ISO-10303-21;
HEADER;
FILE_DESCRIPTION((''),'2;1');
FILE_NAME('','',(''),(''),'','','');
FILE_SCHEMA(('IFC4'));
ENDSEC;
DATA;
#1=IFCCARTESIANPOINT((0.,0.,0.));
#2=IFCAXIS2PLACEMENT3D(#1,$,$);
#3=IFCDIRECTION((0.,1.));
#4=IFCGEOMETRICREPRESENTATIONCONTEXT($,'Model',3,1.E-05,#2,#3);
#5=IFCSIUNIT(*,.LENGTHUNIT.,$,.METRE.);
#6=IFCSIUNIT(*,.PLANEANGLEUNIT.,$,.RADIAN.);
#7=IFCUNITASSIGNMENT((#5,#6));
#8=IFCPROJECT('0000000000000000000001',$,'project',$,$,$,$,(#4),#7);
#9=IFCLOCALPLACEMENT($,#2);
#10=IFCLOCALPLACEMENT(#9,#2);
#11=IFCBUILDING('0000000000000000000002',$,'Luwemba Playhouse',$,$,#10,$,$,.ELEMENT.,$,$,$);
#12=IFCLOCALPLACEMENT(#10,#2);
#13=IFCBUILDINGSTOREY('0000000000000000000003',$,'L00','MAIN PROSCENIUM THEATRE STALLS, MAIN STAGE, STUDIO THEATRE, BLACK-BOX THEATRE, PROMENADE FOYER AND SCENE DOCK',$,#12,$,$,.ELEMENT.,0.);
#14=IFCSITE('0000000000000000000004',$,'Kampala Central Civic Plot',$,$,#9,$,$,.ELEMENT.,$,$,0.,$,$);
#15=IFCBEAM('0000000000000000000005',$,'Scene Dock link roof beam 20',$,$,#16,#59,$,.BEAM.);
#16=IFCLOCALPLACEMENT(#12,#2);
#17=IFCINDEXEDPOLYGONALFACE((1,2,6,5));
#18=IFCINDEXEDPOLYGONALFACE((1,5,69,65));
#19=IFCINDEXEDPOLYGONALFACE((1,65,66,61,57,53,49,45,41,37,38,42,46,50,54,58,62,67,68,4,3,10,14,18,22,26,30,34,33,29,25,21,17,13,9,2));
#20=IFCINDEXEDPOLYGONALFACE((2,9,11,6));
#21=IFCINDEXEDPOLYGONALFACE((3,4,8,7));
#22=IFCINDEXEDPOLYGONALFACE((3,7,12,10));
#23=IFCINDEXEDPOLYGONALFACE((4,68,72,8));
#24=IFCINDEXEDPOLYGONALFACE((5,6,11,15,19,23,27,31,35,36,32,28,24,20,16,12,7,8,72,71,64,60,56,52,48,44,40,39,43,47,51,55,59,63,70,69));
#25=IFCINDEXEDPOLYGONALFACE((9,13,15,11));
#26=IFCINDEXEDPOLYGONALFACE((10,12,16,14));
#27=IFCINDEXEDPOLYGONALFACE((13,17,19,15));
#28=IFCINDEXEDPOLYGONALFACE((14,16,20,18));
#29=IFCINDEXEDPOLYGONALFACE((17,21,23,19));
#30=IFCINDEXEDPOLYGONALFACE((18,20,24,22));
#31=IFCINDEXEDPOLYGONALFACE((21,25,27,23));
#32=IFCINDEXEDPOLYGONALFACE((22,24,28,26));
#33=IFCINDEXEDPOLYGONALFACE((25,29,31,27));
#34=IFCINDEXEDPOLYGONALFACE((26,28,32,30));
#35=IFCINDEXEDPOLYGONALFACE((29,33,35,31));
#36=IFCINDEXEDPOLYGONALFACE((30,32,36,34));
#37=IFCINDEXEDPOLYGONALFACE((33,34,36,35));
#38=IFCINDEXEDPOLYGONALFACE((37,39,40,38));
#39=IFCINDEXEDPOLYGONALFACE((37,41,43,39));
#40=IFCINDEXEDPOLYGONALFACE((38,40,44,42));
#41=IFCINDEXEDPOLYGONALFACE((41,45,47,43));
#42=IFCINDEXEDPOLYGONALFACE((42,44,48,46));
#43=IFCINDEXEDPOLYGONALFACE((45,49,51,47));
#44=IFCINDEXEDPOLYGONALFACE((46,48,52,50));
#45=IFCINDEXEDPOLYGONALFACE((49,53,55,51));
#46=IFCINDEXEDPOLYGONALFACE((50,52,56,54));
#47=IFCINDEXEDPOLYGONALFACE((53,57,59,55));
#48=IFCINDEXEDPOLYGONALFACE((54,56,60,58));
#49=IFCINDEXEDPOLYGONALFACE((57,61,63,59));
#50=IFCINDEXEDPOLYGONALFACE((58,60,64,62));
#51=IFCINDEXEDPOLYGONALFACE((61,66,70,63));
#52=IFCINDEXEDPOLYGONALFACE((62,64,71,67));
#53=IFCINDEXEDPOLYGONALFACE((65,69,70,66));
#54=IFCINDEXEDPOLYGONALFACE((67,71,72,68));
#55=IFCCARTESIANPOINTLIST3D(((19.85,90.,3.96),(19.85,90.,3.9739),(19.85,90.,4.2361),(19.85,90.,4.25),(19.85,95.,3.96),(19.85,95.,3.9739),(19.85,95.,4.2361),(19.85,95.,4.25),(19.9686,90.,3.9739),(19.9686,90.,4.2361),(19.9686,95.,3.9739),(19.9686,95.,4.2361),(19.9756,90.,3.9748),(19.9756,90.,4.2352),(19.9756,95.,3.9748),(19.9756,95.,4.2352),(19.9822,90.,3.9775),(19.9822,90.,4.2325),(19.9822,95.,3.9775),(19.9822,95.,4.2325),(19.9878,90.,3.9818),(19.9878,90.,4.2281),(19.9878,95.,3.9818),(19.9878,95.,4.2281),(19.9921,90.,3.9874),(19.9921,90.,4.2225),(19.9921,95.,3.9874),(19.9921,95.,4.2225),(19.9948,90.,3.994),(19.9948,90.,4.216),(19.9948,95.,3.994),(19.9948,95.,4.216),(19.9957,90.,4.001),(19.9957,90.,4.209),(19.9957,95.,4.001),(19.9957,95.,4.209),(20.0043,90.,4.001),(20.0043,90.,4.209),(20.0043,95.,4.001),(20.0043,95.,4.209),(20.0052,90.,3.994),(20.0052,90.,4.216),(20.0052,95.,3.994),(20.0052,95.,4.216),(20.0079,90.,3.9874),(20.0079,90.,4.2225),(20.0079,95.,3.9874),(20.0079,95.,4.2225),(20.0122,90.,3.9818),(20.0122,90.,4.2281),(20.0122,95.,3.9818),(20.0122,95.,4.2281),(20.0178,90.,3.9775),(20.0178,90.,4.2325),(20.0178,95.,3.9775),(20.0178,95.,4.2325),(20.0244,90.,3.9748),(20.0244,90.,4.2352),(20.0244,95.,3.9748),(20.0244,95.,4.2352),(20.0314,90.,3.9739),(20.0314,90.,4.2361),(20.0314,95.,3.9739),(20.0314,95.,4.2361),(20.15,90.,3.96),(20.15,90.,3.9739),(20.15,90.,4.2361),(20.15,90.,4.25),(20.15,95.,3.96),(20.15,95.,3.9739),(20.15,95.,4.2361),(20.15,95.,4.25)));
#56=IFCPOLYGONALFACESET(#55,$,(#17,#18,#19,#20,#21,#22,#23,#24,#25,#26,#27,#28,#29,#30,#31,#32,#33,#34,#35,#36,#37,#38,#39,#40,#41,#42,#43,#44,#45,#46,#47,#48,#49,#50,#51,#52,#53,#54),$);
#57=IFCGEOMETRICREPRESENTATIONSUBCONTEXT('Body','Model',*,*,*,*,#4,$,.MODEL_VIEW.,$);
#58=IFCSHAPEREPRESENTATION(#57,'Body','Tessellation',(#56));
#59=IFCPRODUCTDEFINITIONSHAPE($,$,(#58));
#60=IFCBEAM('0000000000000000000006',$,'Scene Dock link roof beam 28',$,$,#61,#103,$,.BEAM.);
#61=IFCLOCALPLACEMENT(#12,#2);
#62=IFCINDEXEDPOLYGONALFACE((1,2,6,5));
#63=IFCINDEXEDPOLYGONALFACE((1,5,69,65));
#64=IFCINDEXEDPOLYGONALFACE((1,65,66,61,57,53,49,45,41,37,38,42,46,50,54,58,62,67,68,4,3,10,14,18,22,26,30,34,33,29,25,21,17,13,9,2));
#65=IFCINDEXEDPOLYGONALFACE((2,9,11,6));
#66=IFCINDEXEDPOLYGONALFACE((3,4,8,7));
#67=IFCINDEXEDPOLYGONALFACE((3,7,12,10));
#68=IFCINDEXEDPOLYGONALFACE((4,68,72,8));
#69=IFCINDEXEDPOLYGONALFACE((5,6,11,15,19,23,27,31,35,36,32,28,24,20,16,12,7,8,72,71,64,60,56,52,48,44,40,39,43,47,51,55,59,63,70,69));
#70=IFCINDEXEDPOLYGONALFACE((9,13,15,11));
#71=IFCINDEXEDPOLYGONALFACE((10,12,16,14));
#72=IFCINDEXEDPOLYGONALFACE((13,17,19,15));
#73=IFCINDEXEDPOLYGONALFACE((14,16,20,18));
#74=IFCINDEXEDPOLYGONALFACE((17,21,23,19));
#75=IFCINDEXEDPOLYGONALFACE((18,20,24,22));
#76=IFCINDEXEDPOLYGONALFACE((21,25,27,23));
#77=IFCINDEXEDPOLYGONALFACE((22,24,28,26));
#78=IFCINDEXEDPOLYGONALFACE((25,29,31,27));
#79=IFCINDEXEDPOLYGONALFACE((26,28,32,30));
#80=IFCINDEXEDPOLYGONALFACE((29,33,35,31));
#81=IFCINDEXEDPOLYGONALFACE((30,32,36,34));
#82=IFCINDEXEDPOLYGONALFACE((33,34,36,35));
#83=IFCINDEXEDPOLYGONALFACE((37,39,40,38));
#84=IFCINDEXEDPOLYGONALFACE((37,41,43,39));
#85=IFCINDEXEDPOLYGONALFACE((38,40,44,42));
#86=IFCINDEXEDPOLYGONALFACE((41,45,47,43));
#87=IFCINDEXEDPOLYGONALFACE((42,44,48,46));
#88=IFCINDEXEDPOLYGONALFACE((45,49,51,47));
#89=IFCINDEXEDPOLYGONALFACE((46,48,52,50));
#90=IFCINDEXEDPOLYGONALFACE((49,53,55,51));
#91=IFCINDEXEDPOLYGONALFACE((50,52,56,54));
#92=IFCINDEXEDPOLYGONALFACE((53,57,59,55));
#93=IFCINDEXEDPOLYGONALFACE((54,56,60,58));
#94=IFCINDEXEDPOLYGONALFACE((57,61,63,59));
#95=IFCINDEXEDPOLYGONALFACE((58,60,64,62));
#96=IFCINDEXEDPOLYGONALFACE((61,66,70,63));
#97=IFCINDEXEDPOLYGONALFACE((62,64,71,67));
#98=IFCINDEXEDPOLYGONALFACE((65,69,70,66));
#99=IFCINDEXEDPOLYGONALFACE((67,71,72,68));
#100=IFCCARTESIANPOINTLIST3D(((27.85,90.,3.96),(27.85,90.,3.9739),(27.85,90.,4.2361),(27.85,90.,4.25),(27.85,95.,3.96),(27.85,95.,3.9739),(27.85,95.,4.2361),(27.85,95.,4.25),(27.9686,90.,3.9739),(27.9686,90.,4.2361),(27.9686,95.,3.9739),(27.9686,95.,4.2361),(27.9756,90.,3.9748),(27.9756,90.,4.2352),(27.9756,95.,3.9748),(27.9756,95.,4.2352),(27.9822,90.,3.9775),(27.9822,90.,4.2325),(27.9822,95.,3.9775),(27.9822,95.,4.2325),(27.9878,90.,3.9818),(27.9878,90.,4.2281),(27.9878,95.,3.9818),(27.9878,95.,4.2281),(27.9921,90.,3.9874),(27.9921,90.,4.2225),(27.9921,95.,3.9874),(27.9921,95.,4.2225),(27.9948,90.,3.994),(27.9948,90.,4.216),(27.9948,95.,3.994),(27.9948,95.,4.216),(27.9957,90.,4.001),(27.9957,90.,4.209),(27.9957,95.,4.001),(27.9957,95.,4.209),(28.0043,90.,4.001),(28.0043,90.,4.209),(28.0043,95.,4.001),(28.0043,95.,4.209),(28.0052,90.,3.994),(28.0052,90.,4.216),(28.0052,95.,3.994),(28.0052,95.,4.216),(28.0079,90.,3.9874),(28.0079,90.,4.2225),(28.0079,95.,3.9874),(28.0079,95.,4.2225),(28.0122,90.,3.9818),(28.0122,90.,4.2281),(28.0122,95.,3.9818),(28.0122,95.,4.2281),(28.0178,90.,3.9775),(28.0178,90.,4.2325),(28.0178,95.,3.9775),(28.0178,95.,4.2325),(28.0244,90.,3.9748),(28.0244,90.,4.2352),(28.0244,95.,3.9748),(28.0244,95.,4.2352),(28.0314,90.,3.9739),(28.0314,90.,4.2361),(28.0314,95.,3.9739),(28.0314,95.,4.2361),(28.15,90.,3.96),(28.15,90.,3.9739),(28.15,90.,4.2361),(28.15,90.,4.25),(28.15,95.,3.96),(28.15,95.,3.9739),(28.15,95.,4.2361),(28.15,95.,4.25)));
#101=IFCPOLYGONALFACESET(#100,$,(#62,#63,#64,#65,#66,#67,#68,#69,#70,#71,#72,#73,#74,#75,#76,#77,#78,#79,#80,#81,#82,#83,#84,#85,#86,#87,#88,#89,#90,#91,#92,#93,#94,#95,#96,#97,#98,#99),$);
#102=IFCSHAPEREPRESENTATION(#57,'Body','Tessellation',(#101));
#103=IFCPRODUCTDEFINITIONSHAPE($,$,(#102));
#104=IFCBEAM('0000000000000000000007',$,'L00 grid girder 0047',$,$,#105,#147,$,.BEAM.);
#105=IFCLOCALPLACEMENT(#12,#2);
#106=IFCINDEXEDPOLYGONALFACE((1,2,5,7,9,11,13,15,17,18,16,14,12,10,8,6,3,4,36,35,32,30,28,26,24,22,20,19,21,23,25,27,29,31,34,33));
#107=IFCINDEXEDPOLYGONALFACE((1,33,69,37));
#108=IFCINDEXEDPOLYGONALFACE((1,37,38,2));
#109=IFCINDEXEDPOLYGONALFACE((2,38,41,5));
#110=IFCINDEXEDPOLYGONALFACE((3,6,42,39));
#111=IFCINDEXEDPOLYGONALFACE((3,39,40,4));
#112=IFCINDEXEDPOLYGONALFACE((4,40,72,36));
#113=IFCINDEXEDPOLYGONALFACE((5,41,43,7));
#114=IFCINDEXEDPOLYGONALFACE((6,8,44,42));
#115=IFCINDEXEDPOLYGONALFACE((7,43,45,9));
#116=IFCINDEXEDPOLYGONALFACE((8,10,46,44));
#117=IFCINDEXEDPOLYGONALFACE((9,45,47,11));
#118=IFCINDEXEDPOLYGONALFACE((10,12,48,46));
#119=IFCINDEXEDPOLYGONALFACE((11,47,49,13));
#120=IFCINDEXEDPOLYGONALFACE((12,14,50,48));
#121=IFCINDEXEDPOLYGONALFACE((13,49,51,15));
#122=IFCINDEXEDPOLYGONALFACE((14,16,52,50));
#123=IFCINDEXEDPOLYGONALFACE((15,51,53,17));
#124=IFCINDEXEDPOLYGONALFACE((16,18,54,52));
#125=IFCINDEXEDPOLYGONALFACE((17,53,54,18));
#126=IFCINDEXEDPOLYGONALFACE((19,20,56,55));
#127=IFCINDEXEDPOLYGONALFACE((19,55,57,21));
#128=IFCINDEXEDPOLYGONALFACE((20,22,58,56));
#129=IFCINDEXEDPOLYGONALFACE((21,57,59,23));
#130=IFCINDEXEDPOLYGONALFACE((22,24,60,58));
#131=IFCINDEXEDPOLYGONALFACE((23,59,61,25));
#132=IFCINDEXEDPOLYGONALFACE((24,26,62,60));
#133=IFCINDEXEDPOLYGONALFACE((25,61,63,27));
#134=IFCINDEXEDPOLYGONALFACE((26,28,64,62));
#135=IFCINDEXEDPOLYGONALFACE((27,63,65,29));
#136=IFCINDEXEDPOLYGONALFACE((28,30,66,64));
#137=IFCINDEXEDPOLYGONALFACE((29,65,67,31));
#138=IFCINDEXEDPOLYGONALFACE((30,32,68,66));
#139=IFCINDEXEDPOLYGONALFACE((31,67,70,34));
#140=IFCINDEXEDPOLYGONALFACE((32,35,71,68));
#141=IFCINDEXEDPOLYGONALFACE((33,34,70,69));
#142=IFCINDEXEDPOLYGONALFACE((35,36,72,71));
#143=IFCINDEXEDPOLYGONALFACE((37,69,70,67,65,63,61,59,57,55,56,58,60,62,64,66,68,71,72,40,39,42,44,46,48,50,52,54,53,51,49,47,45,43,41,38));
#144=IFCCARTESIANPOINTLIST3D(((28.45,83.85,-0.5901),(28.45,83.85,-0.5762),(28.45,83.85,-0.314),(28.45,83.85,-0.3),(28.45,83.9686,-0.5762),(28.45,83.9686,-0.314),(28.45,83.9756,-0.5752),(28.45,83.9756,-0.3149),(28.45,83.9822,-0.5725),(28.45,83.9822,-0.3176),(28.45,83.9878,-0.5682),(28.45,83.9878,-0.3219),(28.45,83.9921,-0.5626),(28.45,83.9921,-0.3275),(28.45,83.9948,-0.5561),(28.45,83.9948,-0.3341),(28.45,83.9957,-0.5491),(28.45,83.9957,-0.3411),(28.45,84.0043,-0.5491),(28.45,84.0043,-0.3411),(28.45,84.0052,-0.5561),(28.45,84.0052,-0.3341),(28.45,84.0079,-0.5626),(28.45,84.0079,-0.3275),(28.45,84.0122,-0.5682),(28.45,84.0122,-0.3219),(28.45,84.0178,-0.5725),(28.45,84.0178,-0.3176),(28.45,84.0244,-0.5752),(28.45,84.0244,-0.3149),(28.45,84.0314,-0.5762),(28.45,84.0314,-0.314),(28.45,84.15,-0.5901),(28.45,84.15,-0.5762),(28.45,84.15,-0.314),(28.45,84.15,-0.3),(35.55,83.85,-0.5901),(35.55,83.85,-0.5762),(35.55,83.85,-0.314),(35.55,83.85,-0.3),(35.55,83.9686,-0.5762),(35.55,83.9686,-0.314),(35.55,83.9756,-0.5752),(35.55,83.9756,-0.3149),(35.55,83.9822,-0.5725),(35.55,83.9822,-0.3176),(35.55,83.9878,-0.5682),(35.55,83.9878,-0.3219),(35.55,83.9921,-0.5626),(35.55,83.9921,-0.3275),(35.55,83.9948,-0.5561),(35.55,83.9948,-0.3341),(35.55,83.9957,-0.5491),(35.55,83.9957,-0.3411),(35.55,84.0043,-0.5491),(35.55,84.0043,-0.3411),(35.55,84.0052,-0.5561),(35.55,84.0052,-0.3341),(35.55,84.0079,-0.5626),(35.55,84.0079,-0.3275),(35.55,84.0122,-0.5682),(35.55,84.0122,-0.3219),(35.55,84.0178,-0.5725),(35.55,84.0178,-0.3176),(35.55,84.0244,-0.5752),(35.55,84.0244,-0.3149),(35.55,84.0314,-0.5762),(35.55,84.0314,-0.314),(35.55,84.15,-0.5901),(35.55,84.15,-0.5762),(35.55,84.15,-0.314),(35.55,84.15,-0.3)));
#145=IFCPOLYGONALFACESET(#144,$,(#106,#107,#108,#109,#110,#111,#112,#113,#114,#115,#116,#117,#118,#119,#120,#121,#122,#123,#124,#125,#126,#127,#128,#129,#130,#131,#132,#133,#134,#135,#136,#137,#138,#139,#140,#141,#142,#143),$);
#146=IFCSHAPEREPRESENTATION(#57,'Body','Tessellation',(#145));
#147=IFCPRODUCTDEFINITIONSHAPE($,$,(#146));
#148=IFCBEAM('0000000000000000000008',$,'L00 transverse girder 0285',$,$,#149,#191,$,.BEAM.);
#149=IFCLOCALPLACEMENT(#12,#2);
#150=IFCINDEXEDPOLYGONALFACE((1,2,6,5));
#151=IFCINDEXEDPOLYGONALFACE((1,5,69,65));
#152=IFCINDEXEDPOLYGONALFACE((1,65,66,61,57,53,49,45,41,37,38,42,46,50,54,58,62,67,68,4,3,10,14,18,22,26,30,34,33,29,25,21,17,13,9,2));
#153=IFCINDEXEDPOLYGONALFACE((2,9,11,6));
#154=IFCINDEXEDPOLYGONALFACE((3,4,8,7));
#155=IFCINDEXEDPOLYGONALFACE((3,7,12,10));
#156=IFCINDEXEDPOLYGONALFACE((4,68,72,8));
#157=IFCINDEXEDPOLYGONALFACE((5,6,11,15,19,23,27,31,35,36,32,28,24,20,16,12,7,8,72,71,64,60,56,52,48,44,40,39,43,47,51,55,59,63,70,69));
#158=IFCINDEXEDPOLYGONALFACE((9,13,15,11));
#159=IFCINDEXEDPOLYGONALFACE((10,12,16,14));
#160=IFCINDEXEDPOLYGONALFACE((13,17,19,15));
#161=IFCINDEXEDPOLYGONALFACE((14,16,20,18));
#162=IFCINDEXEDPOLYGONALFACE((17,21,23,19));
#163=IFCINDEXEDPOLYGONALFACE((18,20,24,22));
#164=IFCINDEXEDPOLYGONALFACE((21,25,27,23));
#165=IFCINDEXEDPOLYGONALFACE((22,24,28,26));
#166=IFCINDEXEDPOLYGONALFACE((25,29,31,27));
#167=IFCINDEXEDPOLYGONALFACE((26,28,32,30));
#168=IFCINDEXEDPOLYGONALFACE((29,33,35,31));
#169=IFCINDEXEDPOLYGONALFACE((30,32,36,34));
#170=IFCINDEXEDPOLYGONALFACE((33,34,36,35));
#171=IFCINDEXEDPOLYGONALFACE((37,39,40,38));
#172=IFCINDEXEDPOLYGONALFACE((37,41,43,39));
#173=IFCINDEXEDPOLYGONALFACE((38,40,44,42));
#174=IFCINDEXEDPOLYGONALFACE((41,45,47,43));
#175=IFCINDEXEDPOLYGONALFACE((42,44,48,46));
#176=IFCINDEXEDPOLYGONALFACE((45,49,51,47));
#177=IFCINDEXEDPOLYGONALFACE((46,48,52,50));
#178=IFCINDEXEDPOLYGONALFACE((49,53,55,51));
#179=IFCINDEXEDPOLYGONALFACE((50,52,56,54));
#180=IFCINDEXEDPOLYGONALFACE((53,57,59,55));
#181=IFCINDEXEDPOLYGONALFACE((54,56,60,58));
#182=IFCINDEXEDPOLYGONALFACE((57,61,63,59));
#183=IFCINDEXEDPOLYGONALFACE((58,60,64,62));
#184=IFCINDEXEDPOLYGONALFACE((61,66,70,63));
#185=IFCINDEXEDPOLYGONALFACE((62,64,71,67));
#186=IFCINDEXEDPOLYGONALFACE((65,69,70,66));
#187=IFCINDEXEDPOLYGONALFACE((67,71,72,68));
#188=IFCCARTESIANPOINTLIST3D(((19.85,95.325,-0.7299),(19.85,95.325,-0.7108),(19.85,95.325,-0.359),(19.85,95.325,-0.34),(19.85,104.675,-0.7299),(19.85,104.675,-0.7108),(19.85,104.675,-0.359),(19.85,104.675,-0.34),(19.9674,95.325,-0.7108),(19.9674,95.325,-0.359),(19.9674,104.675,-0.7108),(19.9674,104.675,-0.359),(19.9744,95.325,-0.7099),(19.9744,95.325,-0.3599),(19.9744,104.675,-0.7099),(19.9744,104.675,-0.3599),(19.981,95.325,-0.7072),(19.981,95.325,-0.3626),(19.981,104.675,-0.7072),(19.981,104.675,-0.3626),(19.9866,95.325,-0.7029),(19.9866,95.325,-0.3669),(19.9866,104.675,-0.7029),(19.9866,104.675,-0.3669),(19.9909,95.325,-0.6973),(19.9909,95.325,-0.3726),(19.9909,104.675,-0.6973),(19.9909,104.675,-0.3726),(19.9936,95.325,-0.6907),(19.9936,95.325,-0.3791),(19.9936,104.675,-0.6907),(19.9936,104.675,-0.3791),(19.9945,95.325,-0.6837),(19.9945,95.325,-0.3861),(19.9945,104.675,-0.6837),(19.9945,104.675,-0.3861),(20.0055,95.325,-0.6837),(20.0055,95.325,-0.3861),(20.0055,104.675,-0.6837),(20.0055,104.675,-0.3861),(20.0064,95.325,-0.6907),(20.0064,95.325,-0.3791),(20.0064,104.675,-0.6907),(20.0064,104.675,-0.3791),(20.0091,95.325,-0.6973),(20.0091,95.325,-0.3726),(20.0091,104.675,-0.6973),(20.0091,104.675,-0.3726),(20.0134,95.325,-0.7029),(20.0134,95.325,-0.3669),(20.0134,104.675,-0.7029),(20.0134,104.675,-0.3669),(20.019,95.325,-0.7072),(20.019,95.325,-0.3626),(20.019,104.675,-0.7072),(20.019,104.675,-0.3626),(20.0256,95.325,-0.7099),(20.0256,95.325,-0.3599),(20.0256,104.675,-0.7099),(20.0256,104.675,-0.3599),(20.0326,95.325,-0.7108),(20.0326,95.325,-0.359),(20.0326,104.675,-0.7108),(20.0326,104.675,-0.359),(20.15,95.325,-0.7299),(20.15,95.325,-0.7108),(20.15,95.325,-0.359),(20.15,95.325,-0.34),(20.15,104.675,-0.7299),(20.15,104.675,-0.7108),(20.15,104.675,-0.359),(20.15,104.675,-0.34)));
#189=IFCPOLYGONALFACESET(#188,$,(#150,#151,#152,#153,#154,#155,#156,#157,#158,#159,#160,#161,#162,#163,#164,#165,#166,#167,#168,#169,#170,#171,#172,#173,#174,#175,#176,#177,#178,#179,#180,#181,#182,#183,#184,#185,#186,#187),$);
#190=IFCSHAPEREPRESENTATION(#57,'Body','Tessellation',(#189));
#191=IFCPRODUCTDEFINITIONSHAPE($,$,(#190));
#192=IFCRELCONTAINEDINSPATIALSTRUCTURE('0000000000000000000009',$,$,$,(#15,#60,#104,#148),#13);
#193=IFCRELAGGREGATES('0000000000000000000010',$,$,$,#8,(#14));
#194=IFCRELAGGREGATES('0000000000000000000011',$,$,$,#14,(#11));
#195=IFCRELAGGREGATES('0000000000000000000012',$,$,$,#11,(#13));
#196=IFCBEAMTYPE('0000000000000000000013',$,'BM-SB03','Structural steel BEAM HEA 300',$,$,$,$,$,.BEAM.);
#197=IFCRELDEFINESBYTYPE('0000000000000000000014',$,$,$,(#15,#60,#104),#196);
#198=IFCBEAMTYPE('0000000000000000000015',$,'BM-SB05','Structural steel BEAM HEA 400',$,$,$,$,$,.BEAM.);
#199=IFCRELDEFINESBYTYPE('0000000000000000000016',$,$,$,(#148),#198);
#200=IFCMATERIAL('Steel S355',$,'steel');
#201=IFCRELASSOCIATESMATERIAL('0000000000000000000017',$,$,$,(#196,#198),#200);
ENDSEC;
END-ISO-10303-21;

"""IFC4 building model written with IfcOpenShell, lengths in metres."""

from ifc_helpers import new_model, si_unit, direction, frame, origin, origin_2d, place, context, subcontext, project, spatial, i_section, extrude, material, material_profile, profile_set, type_object, element, save


model = new_model("IFC4")

# Units and contexts
model_context = context("Model", 3, precision=1e-05, world=origin(), true_north=direction((0.0, 1.0)))
body_context = subcontext(model_context, "Body", "Model", "MODEL_VIEW")
ifc_project = project(units=[si_unit("LENGTHUNIT", "METRE"), si_unit("PLANEANGLEUNIT", "RADIAN")], contexts=[model_context])

# Site, building, storey
site_placement = place(None, origin())
site = spatial("IfcSite", under=ifc_project, at=site_placement, Name="Kampala Central Civic Plot", CompositionType="ELEMENT", RefElevation=0.0)
building_placement = place(site_placement, origin())
building = spatial("IfcBuilding", under=site, at=building_placement, Name="Luwemba Playhouse", CompositionType="ELEMENT")
storey_placement = place(building_placement, origin())
storey = spatial("IfcBuildingStorey", under=building, at=storey_placement, Name="L00", Description="MAIN PROSCENIUM THEATRE STALLS, MAIN STAGE, STUDIO THEATRE, BLACK-BOX THEATRE, PROMENADE FOYER AND SCENE DOCK", CompositionType="ELEMENT", Elevation=0.0)

# Beams
ifc_material_1 = material(Name="Steel S355", Category="steel")
ifc_material_profile_1 = material_profile(ifc_material_1, i_section(OverallWidth=0.3, OverallDepth=0.29, WebThickness=0.0085, FlangeThickness=0.0139, FilletRadius=0.0271, at=origin_2d()))
ifc_profile_set_1 = profile_set([ifc_material_profile_1], Name="Steel S355")
beam_type_1 = type_object("IfcBeamType", Name="BM-SB03", Description="Structural steel BEAM HEA 300", PredefinedType="BEAM", material=ifc_profile_set_1)
for number, where, z_axis, x_axis, name in (
    (1, (20.0, 90.0, 4.105), (0.0, 1.0, 0.0), (-1.0, 0.0, 0.0), "Scene Dock link roof beam 20"),
    (2, (28.0, 90.0, 4.105), (0.0, 1.0, 0.0), (-1.0, 0.0, 0.0), "Scene Dock link roof beam 28"),
):
    element("IfcBeam", number, at=place(storey_placement, frame(where, z_axis=z_axis, x_axis=x_axis)), inside=storey, type_object=beam_type_1, Name=name, PredefinedType="BEAM", context=body_context, shape_type="SweptSolid", body=[
        extrude(i_section(OverallWidth=0.3, OverallDepth=0.29, WebThickness=0.0085, FlangeThickness=0.0139, FilletRadius=0.0271, at=origin_2d()), origin(), (0.0, 0.0, 1.0), 5.0),
    ])
beam_1_placement = place(storey_placement, frame((28.45, 84.0, -0.4451), z_axis=(1.0, 0.0, 0.0), x_axis=(0.0, 1.0, 0.0)))
element("IfcBeam", 3, at=beam_1_placement, inside=storey, type_object=beam_type_1, Name="L00 grid girder 0047", PredefinedType="BEAM", context=body_context, shape_type="SweptSolid", body=[
    extrude(i_section(OverallWidth=0.3, OverallDepth=0.29, WebThickness=0.0085, FlangeThickness=0.0139, FilletRadius=0.0271, at=origin_2d()), origin(), (0.0, 0.0, 1.0), 7.1001),
])
ifc_material_profile_2 = material_profile(ifc_material_1, i_section(OverallWidth=0.3, OverallDepth=0.3899, WebThickness=0.011, FlangeThickness=0.019, FilletRadius=0.0271, at=origin_2d()))
ifc_profile_set_2 = profile_set([ifc_material_profile_2], Name="Steel S355")
beam_type_2 = type_object("IfcBeamType", Name="BM-SB05", Description="Structural steel BEAM HEA 400", PredefinedType="BEAM", material=ifc_profile_set_2)
beam_2_placement = place(storey_placement, frame((20.0, 95.325, -0.5349), z_axis=(0.0, 1.0, 0.0), x_axis=(-1.0, 0.0, 0.0)))
element("IfcBeam", 4, at=beam_2_placement, inside=storey, type_object=beam_type_2, Name="L00 transverse girder 0285", PredefinedType="BEAM", context=body_context, shape_type="SweptSolid", body=[
    extrude(i_section(OverallWidth=0.3, OverallDepth=0.3899, WebThickness=0.011, FlangeThickness=0.019, FilletRadius=0.0271, at=origin_2d()), origin(), (0.0, 0.0, 1.0), 9.3501),
])

save(model, "model.ifc")
